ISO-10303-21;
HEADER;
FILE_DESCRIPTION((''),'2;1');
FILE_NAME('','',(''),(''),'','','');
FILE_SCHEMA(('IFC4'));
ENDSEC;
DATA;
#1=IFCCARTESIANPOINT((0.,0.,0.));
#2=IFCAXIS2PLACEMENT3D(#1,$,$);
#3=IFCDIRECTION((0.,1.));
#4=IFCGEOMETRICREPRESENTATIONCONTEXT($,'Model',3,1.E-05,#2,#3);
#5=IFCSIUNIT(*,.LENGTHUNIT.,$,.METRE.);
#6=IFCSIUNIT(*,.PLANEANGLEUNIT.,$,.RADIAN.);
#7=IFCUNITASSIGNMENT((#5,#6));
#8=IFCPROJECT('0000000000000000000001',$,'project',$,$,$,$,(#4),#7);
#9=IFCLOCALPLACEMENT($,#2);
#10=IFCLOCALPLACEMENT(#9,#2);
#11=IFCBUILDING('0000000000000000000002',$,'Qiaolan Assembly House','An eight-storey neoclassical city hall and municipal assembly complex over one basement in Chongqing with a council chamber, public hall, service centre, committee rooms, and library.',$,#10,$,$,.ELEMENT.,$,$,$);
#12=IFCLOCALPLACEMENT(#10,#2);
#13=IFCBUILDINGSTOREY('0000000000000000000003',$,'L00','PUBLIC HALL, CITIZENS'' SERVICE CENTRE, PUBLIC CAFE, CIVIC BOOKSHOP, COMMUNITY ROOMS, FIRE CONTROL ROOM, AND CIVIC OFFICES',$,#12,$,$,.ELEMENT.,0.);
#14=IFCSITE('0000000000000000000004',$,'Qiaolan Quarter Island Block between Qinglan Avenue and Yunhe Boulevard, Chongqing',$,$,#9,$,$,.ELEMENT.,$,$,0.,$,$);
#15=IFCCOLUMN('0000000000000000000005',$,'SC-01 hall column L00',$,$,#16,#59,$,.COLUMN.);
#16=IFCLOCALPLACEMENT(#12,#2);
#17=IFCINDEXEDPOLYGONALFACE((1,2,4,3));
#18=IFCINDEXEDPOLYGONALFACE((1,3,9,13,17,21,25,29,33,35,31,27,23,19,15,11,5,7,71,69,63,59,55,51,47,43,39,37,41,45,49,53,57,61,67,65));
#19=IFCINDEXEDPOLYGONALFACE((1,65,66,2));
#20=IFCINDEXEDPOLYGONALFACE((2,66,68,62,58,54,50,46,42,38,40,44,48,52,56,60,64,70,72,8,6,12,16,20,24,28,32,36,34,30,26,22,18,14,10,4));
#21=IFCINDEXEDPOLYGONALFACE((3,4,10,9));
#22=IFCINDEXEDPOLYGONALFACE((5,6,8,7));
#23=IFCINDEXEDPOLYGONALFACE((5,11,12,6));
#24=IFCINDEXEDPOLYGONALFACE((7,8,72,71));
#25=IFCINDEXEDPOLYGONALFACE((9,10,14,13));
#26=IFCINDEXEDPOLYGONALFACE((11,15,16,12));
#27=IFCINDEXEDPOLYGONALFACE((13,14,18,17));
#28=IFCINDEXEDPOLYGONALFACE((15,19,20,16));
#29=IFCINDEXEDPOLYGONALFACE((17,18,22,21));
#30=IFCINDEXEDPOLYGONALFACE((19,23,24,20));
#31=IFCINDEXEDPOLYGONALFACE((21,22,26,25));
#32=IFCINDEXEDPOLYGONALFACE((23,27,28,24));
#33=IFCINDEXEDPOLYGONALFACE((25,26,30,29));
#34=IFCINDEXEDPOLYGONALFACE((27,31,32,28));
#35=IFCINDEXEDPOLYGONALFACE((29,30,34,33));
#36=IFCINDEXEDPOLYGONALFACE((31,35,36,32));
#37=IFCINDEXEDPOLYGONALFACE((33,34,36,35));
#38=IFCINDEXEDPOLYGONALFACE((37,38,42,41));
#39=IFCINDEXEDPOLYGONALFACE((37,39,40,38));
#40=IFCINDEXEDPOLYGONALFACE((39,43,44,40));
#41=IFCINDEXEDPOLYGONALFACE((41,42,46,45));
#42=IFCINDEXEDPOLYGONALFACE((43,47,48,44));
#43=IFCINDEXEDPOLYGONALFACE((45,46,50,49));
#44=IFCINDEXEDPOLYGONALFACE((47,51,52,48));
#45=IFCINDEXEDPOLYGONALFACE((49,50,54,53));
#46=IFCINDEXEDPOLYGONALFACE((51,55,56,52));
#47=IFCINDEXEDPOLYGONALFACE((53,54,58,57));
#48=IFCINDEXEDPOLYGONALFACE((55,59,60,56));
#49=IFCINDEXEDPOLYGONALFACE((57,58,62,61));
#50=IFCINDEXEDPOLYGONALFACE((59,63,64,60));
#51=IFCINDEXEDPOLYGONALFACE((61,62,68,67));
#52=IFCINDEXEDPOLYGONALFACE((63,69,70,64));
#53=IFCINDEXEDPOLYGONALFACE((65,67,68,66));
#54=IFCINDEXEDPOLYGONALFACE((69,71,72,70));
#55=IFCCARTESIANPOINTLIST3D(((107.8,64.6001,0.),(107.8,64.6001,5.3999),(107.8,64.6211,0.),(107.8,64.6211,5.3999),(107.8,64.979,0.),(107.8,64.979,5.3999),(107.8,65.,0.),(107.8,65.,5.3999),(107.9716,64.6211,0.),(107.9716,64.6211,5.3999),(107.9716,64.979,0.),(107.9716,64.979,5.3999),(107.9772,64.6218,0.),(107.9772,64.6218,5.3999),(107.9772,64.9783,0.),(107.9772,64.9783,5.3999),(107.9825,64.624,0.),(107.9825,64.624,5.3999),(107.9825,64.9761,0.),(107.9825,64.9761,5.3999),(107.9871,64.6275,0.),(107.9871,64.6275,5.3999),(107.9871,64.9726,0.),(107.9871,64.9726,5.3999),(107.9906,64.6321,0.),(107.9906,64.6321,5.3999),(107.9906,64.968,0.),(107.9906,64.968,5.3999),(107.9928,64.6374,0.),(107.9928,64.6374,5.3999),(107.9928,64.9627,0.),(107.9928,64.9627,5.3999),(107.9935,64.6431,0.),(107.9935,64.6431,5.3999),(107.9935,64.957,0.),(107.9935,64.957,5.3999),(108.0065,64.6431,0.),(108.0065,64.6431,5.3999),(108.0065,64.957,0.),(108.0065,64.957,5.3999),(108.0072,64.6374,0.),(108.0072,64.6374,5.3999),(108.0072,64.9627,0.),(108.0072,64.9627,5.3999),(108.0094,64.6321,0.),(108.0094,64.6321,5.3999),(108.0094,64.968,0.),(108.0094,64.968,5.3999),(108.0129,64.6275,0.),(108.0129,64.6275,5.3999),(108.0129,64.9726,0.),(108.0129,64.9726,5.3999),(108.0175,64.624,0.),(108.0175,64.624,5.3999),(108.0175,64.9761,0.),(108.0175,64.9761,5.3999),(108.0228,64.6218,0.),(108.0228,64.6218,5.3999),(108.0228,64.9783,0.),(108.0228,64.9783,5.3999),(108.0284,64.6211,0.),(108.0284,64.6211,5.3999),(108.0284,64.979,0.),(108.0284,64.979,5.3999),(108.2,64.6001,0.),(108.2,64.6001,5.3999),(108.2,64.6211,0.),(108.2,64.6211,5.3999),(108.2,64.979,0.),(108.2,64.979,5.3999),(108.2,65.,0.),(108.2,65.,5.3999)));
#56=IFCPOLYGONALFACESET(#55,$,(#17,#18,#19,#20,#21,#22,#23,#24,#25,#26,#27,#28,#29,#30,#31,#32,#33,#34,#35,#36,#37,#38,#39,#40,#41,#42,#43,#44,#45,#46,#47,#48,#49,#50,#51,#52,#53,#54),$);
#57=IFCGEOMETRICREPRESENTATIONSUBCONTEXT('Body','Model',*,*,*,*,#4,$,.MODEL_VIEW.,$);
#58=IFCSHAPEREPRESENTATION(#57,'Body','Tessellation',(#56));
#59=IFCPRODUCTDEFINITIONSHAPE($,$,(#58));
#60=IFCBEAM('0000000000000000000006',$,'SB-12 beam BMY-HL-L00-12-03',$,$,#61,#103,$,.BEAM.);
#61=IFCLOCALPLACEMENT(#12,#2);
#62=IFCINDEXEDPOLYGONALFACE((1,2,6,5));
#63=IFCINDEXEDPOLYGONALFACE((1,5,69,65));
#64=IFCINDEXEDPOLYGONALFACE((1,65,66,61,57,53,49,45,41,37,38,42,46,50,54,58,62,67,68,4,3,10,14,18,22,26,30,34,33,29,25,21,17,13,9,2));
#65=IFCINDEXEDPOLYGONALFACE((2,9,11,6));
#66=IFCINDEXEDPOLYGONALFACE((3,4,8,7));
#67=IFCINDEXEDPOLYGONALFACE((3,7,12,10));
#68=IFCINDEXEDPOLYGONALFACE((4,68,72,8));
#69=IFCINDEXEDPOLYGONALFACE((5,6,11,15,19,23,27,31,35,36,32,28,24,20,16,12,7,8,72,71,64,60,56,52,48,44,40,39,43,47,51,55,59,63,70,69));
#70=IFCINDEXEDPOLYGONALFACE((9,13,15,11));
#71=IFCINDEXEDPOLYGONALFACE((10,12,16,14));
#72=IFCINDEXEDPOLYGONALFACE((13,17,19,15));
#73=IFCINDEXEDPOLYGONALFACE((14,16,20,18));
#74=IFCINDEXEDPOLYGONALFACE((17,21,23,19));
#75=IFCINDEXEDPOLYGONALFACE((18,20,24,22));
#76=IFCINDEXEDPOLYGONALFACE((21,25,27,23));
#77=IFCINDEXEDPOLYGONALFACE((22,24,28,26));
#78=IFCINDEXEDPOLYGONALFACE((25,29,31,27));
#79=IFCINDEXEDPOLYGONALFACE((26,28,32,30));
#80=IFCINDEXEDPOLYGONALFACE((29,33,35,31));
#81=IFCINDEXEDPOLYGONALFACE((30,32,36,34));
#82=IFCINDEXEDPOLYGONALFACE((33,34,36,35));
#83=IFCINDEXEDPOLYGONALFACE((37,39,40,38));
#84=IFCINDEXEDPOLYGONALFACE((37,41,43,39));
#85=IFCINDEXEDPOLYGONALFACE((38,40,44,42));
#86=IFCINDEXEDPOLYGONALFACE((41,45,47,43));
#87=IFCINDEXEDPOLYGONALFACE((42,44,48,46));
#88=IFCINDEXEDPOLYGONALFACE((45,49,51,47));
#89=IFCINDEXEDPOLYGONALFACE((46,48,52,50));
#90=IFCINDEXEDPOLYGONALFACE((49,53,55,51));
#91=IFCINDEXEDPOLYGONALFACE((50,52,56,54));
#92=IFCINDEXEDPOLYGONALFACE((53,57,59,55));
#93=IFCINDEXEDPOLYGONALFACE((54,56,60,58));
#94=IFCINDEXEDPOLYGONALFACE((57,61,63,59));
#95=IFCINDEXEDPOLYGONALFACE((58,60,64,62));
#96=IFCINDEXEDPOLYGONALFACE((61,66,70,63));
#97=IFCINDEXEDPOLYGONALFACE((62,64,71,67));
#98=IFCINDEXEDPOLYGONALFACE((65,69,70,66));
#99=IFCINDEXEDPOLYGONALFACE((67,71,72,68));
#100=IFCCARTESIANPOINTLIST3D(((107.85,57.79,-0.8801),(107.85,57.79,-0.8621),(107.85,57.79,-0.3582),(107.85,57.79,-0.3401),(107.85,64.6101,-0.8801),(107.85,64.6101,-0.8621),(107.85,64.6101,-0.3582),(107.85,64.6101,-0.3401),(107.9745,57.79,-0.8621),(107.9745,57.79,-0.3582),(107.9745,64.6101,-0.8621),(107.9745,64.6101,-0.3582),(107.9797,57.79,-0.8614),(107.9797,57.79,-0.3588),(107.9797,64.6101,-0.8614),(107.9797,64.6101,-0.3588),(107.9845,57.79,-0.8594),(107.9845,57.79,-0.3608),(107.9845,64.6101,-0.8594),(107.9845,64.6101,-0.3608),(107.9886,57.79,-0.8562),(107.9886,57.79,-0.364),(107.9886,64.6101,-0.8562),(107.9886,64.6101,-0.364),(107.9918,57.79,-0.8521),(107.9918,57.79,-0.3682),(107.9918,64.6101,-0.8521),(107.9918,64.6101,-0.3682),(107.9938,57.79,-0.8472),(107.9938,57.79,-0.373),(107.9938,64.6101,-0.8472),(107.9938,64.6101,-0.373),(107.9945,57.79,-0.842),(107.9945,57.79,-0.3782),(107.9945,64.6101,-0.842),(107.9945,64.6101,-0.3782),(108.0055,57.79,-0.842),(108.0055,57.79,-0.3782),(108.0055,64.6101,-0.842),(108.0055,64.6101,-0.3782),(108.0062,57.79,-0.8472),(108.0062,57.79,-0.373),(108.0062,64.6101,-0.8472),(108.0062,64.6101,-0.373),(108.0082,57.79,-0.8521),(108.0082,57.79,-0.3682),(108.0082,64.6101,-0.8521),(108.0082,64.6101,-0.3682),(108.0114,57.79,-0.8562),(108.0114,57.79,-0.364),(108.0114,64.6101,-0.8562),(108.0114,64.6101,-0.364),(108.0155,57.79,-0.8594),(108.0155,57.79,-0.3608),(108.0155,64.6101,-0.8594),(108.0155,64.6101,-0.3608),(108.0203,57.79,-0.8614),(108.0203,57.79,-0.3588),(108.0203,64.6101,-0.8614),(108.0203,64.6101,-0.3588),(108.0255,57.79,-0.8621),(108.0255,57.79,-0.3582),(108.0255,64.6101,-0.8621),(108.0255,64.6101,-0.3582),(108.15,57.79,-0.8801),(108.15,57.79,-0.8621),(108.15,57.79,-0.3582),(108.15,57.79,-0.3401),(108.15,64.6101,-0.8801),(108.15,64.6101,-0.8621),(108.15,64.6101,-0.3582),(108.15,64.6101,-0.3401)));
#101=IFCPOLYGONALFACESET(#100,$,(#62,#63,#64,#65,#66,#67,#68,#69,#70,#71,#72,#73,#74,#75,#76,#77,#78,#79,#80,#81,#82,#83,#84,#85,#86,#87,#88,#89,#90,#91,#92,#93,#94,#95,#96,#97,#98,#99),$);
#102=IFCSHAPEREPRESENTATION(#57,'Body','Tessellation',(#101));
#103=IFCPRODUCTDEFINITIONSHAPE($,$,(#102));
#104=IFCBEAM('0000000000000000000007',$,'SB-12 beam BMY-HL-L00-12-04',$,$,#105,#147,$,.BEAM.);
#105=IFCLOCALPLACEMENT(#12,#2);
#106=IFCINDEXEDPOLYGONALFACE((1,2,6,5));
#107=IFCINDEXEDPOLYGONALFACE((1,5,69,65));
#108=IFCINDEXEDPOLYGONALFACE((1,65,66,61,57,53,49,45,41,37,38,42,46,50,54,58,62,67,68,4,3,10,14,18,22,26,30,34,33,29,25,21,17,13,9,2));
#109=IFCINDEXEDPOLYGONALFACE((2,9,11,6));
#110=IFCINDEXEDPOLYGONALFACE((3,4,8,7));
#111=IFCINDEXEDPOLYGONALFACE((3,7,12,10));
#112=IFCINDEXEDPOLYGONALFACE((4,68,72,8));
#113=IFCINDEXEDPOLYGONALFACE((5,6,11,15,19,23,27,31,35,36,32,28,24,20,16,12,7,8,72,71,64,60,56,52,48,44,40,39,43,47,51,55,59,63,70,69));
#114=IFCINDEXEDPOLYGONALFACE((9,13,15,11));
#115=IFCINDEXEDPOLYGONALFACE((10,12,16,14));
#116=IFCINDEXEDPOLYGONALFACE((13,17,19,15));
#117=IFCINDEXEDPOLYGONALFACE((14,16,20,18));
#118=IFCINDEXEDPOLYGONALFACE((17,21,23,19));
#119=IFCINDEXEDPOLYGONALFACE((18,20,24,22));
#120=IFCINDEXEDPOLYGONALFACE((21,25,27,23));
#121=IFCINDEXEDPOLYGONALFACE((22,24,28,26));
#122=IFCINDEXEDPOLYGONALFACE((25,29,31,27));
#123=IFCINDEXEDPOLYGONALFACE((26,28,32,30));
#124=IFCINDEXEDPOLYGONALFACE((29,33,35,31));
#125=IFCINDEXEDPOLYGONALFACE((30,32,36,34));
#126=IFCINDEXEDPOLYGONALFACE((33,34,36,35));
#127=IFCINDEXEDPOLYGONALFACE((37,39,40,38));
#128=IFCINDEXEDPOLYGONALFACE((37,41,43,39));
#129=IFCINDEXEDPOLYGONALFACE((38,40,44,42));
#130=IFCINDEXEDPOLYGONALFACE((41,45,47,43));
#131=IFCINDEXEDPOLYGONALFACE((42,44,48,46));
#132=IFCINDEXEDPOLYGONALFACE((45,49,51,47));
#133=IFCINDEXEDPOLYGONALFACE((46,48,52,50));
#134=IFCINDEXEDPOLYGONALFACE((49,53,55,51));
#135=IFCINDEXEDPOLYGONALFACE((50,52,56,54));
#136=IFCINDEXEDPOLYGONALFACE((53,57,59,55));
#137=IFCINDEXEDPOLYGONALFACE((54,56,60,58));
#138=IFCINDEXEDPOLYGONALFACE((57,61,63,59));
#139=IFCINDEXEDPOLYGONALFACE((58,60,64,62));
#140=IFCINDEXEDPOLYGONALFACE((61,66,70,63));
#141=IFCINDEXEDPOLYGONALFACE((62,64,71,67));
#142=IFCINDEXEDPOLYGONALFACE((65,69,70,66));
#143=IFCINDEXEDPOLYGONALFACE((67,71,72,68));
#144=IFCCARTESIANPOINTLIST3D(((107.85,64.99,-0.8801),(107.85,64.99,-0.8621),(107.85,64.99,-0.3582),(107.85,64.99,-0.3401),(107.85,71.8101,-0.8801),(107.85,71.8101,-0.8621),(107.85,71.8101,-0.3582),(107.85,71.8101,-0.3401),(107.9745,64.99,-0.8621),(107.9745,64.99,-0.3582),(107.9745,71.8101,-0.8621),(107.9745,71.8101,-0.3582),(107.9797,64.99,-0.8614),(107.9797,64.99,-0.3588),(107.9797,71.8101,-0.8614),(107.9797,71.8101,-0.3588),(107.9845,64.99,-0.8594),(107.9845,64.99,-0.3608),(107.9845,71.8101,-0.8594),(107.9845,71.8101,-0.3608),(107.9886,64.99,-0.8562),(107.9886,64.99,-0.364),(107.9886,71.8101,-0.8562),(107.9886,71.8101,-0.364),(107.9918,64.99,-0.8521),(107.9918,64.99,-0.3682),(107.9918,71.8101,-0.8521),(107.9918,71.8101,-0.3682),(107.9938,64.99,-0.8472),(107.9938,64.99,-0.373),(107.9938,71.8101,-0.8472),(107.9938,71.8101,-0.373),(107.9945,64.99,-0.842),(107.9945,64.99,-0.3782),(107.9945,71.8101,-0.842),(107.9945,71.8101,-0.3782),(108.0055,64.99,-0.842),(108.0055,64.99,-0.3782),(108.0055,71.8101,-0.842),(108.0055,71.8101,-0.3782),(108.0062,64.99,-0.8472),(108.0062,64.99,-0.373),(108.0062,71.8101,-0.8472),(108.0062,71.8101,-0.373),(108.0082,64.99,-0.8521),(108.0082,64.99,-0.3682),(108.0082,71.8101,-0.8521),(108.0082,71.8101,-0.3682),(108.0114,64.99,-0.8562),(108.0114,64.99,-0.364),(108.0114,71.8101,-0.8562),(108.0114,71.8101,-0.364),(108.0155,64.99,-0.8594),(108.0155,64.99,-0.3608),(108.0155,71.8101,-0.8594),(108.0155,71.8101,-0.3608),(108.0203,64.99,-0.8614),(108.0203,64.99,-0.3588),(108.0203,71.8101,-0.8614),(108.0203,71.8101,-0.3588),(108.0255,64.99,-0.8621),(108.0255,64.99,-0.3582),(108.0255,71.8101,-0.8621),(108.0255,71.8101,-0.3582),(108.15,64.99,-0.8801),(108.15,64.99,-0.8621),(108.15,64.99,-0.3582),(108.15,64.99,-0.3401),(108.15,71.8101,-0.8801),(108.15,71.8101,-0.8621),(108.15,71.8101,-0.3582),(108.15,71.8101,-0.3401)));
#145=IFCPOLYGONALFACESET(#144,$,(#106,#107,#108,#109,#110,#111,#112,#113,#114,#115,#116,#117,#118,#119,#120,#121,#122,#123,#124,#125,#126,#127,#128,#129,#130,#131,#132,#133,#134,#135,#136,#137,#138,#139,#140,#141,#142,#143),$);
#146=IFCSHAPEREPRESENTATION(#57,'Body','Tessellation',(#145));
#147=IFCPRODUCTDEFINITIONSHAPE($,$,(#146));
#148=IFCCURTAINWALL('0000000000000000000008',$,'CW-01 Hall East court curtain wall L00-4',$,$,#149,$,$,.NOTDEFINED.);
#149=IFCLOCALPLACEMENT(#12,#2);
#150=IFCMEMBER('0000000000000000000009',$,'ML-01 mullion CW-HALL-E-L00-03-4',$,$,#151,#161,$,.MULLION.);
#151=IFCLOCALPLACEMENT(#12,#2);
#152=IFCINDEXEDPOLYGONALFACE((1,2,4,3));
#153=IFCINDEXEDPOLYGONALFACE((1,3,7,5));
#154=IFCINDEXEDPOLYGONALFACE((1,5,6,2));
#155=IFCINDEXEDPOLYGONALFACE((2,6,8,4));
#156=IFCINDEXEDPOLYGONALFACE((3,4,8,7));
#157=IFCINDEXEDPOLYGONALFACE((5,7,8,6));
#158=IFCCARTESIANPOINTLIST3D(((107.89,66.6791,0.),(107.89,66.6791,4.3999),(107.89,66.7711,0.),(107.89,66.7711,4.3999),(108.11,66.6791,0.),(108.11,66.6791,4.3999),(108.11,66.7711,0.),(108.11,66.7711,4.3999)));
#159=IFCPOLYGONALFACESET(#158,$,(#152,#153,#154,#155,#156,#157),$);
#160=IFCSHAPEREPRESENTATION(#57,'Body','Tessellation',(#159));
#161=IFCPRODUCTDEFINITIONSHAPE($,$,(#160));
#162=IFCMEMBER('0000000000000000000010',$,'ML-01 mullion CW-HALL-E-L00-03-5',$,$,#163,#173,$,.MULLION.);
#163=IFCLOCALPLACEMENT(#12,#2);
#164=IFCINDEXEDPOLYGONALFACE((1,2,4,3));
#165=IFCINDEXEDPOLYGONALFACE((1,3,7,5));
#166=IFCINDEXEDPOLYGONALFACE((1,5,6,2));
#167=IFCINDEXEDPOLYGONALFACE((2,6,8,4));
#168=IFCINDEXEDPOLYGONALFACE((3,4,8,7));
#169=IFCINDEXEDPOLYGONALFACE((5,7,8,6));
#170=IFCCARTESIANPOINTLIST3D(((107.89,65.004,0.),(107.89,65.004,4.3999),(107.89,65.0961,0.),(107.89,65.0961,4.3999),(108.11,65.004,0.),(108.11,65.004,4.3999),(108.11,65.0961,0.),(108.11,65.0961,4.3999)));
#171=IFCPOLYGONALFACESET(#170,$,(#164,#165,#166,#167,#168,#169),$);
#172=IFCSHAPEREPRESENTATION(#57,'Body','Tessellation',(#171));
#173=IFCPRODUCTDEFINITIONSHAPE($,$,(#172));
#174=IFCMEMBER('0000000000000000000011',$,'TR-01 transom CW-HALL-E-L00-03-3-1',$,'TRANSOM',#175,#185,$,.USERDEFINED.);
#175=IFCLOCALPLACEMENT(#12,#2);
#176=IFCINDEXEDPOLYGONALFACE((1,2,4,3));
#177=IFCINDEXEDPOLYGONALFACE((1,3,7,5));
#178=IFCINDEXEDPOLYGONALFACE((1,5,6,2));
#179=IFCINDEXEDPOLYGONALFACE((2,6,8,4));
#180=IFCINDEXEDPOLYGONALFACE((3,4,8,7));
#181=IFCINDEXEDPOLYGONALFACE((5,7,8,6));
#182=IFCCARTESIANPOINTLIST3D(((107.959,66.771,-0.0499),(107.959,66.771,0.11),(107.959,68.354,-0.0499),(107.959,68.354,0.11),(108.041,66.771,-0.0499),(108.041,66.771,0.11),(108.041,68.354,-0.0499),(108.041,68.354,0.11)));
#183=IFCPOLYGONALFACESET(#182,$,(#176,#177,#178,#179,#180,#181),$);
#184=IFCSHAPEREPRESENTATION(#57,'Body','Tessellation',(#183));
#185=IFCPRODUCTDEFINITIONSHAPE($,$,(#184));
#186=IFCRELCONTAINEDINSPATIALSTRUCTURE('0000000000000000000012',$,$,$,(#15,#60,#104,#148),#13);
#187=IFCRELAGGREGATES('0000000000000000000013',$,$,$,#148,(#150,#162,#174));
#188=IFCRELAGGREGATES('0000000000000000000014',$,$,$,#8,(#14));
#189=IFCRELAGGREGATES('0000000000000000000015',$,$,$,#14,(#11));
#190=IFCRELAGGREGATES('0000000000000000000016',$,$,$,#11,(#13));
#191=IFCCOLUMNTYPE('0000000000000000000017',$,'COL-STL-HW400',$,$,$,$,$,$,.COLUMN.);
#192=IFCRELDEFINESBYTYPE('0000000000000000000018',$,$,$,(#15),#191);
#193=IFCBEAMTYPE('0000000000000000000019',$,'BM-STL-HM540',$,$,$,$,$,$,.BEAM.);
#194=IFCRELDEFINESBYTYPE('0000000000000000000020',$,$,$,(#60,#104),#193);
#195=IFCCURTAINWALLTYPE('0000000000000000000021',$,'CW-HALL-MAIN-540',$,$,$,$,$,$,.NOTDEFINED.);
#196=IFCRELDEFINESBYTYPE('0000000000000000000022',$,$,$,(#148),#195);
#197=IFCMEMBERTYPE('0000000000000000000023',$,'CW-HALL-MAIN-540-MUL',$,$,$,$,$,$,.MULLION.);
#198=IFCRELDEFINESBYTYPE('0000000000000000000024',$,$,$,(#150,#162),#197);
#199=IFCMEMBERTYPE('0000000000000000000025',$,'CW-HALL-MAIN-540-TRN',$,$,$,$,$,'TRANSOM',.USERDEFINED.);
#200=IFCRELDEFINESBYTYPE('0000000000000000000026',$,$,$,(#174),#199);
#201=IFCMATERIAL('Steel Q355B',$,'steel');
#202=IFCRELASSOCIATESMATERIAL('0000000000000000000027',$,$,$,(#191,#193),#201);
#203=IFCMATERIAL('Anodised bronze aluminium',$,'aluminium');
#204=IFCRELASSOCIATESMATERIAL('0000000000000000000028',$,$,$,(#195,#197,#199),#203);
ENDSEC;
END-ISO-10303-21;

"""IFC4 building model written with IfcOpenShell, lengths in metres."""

from ifc_helpers import new_model, si_unit, direction, frame, origin, origin_2d, place, context, subcontext, project, spatial, rectangle, i_section, extrude, material, material_profile, profile_set, type_object, element, aggregate, save


model = new_model("IFC4")

# Units and contexts
model_context = context("Model", 3, precision=1e-05, world=origin(), true_north=direction((0.0, 1.0)))
body_context = subcontext(model_context, "Body", "Model", "MODEL_VIEW")
ifc_project = project(units=[si_unit("LENGTHUNIT", "METRE"), si_unit("PLANEANGLEUNIT", "RADIAN")], contexts=[model_context])

# Site, building, storey
site_placement = place(None, origin())
site = spatial("IfcSite", under=ifc_project, at=site_placement, Name="Qiaolan Quarter Island Block between Qinglan Avenue and Yunhe Boulevard, Chongqing", CompositionType="ELEMENT", RefElevation=0.0)
building_placement = place(site_placement, origin())
building = spatial("IfcBuilding", under=site, at=building_placement, Name="Qiaolan Assembly House", Description="An eight-storey neoclassical city hall and municipal assembly complex over one basement in Chongqing with a council chamber, public hall, service centre, committee rooms, and library.", CompositionType="ELEMENT")
storey_placement = place(building_placement, origin())
storey = spatial("IfcBuildingStorey", under=building, at=storey_placement, Name="L00", Description="PUBLIC HALL, CITIZENS' SERVICE CENTRE, PUBLIC CAFE, CIVIC BOOKSHOP, COMMUNITY ROOMS, FIRE CONTROL ROOM, AND CIVIC OFFICES", CompositionType="ELEMENT", Elevation=0.0)

# Column
ifc_material_1 = material(Name="Steel Q355B", Category="steel")
ifc_material_profile_1 = material_profile(ifc_material_1, i_section(OverallWidth=0.3999, OverallDepth=0.3999, WebThickness=0.0129, FlangeThickness=0.021, FilletRadius=0.022, at=origin_2d()), Name="HW 400x400x13x21")
ifc_profile_set_1 = profile_set([ifc_material_profile_1], Name="Steel Q355B")
column_type = type_object("IfcColumnType", Name="COL-STL-HW400", PredefinedType="COLUMN", material=ifc_profile_set_1)
column_placement = place(storey_placement, frame((108.0, 64.8, 0.0), z_axis=(0.0, 0.0, 1.0), x_axis=(1.0, 0.0, 0.0)))
element("IfcColumn", 1, at=column_placement, inside=storey, type_object=column_type, Name="SC-01 hall column L00", PredefinedType="COLUMN", context=body_context, shape_type="SweptSolid", body=[
    extrude(i_section(OverallWidth=0.3999, OverallDepth=0.3999, WebThickness=0.0129, FlangeThickness=0.021, FilletRadius=0.022, at=origin_2d()), origin(), (0.0, 0.0, 1.0), 5.3999),
])

# Beams
ifc_material_profile_2 = material_profile(ifc_material_1, i_section(OverallWidth=0.3, OverallDepth=0.54, WebThickness=0.011, FlangeThickness=0.0181, FilletRadius=0.02, at=origin_2d()), Name="HM 540x300x11x18")
ifc_profile_set_2 = profile_set([ifc_material_profile_2], Name="Steel Q355B")
beam_type_1 = type_object("IfcBeamType", Name="BM-STL-HM540", PredefinedType="BEAM", material=ifc_profile_set_2)
for number, where, z_axis, x_axis, name in (
    (2, (108.0, 57.79, -0.6101), (0.0, 1.0, 0.0), (-1.0, 0.0, 0.0), "SB-12 beam BMY-HL-L00-12-03"),
    (3, (108.0, 64.99, -0.6101), (0.0, 1.0, 0.0), (-1.0, 0.0, 0.0), "SB-12 beam BMY-HL-L00-12-04"),
):
    element("IfcBeam", number, at=place(storey_placement, frame(where, z_axis=z_axis, x_axis=x_axis)), inside=storey, type_object=beam_type_1, Name=name, PredefinedType="BEAM", context=body_context, shape_type="SweptSolid", body=[
        extrude(i_section(OverallWidth=0.3, OverallDepth=0.54, WebThickness=0.011, FlangeThickness=0.0181, FilletRadius=0.02, at=origin_2d()), origin(), (0.0, 0.0, 1.0), 6.8201),
    ])

# Curtain wall, members
ifc_material_2 = material(Name="Anodised bronze aluminium", Category="aluminium")
curtain_wall_type = type_object("IfcCurtainWallType", Name="CW-HALL-MAIN-540", PredefinedType="NOTDEFINED", material=ifc_material_2)
curtain_wall_placement = place(storey_placement, origin())
curtain_wall = element("IfcCurtainWall", 4, at=curtain_wall_placement, inside=storey, type_object=curtain_wall_type, Name="CW-01 Hall East court curtain wall L00-4", PredefinedType="NOTDEFINED")
ifc_material_profile_3 = material_profile(ifc_material_2, rectangle(XDim=0.092, YDim=0.22, at=origin_2d()), Name="MUL 92x220")
ifc_profile_set_3 = profile_set([ifc_material_profile_3], Name="Anodised bronze aluminium")
member_type_1 = type_object("IfcMemberType", Name="CW-HALL-MAIN-540-MUL", PredefinedType="MULLION", material=ifc_profile_set_3)
member_1_placement = place(storey_placement, frame((108.0, 66.7251, 0.0), z_axis=(0.0, 0.0, 1.0), x_axis=(0.0, -1.0, 0.0)))
member_1 = element("IfcMember", 5, at=member_1_placement, type_object=member_type_1, Name="ML-01 mullion CW-HALL-E-L00-03-4", PredefinedType="MULLION", context=body_context, shape_type="SweptSolid", body=[
    extrude(rectangle(XDim=0.092, YDim=0.22, at=origin_2d()), origin(), (0.0, 0.0, 1.0), 4.3999),
])
member_2_placement = place(storey_placement, frame((108.0, 65.05, 0.0), z_axis=(0.0, 0.0, 1.0), x_axis=(0.0, -1.0, 0.0)))
member_2 = element("IfcMember", 6, at=member_2_placement, type_object=member_type_1, Name="ML-01 mullion CW-HALL-E-L00-03-5", PredefinedType="MULLION", context=body_context, shape_type="SweptSolid", body=[
    extrude(rectangle(XDim=0.092, YDim=0.22, at=origin_2d()), origin(), (0.0, 0.0, 1.0), 4.3999),
])
ifc_material_profile_4 = material_profile(ifc_material_2, rectangle(XDim=0.082, YDim=0.1599, at=origin_2d()), Name="TRN 82x160")
ifc_profile_set_4 = profile_set([ifc_material_profile_4], Name="Anodised bronze aluminium")
member_type_2 = type_object("IfcMemberType", Name="CW-HALL-MAIN-540-TRN", ElementType="TRANSOM", PredefinedType="USERDEFINED", material=ifc_profile_set_4)
member_3_placement = place(storey_placement, frame((108.0, 68.354, 0.03), z_axis=(0.0, -1.0, 0.0), x_axis=(1.0, 0.0, 0.0)))
member_3 = element("IfcMember", 7, at=member_3_placement, type_object=member_type_2, Name="TR-01 transom CW-HALL-E-L00-03-3-1", ObjectType="TRANSOM", PredefinedType="USERDEFINED", context=body_context, shape_type="SweptSolid", body=[
    extrude(rectangle(XDim=0.082, YDim=0.1599, at=origin_2d()), origin(), (0.0, 0.0, 1.0), 1.583),
])

aggregate(curtain_wall, [member_1, member_2, member_3])

save(model, "model.ifc")
